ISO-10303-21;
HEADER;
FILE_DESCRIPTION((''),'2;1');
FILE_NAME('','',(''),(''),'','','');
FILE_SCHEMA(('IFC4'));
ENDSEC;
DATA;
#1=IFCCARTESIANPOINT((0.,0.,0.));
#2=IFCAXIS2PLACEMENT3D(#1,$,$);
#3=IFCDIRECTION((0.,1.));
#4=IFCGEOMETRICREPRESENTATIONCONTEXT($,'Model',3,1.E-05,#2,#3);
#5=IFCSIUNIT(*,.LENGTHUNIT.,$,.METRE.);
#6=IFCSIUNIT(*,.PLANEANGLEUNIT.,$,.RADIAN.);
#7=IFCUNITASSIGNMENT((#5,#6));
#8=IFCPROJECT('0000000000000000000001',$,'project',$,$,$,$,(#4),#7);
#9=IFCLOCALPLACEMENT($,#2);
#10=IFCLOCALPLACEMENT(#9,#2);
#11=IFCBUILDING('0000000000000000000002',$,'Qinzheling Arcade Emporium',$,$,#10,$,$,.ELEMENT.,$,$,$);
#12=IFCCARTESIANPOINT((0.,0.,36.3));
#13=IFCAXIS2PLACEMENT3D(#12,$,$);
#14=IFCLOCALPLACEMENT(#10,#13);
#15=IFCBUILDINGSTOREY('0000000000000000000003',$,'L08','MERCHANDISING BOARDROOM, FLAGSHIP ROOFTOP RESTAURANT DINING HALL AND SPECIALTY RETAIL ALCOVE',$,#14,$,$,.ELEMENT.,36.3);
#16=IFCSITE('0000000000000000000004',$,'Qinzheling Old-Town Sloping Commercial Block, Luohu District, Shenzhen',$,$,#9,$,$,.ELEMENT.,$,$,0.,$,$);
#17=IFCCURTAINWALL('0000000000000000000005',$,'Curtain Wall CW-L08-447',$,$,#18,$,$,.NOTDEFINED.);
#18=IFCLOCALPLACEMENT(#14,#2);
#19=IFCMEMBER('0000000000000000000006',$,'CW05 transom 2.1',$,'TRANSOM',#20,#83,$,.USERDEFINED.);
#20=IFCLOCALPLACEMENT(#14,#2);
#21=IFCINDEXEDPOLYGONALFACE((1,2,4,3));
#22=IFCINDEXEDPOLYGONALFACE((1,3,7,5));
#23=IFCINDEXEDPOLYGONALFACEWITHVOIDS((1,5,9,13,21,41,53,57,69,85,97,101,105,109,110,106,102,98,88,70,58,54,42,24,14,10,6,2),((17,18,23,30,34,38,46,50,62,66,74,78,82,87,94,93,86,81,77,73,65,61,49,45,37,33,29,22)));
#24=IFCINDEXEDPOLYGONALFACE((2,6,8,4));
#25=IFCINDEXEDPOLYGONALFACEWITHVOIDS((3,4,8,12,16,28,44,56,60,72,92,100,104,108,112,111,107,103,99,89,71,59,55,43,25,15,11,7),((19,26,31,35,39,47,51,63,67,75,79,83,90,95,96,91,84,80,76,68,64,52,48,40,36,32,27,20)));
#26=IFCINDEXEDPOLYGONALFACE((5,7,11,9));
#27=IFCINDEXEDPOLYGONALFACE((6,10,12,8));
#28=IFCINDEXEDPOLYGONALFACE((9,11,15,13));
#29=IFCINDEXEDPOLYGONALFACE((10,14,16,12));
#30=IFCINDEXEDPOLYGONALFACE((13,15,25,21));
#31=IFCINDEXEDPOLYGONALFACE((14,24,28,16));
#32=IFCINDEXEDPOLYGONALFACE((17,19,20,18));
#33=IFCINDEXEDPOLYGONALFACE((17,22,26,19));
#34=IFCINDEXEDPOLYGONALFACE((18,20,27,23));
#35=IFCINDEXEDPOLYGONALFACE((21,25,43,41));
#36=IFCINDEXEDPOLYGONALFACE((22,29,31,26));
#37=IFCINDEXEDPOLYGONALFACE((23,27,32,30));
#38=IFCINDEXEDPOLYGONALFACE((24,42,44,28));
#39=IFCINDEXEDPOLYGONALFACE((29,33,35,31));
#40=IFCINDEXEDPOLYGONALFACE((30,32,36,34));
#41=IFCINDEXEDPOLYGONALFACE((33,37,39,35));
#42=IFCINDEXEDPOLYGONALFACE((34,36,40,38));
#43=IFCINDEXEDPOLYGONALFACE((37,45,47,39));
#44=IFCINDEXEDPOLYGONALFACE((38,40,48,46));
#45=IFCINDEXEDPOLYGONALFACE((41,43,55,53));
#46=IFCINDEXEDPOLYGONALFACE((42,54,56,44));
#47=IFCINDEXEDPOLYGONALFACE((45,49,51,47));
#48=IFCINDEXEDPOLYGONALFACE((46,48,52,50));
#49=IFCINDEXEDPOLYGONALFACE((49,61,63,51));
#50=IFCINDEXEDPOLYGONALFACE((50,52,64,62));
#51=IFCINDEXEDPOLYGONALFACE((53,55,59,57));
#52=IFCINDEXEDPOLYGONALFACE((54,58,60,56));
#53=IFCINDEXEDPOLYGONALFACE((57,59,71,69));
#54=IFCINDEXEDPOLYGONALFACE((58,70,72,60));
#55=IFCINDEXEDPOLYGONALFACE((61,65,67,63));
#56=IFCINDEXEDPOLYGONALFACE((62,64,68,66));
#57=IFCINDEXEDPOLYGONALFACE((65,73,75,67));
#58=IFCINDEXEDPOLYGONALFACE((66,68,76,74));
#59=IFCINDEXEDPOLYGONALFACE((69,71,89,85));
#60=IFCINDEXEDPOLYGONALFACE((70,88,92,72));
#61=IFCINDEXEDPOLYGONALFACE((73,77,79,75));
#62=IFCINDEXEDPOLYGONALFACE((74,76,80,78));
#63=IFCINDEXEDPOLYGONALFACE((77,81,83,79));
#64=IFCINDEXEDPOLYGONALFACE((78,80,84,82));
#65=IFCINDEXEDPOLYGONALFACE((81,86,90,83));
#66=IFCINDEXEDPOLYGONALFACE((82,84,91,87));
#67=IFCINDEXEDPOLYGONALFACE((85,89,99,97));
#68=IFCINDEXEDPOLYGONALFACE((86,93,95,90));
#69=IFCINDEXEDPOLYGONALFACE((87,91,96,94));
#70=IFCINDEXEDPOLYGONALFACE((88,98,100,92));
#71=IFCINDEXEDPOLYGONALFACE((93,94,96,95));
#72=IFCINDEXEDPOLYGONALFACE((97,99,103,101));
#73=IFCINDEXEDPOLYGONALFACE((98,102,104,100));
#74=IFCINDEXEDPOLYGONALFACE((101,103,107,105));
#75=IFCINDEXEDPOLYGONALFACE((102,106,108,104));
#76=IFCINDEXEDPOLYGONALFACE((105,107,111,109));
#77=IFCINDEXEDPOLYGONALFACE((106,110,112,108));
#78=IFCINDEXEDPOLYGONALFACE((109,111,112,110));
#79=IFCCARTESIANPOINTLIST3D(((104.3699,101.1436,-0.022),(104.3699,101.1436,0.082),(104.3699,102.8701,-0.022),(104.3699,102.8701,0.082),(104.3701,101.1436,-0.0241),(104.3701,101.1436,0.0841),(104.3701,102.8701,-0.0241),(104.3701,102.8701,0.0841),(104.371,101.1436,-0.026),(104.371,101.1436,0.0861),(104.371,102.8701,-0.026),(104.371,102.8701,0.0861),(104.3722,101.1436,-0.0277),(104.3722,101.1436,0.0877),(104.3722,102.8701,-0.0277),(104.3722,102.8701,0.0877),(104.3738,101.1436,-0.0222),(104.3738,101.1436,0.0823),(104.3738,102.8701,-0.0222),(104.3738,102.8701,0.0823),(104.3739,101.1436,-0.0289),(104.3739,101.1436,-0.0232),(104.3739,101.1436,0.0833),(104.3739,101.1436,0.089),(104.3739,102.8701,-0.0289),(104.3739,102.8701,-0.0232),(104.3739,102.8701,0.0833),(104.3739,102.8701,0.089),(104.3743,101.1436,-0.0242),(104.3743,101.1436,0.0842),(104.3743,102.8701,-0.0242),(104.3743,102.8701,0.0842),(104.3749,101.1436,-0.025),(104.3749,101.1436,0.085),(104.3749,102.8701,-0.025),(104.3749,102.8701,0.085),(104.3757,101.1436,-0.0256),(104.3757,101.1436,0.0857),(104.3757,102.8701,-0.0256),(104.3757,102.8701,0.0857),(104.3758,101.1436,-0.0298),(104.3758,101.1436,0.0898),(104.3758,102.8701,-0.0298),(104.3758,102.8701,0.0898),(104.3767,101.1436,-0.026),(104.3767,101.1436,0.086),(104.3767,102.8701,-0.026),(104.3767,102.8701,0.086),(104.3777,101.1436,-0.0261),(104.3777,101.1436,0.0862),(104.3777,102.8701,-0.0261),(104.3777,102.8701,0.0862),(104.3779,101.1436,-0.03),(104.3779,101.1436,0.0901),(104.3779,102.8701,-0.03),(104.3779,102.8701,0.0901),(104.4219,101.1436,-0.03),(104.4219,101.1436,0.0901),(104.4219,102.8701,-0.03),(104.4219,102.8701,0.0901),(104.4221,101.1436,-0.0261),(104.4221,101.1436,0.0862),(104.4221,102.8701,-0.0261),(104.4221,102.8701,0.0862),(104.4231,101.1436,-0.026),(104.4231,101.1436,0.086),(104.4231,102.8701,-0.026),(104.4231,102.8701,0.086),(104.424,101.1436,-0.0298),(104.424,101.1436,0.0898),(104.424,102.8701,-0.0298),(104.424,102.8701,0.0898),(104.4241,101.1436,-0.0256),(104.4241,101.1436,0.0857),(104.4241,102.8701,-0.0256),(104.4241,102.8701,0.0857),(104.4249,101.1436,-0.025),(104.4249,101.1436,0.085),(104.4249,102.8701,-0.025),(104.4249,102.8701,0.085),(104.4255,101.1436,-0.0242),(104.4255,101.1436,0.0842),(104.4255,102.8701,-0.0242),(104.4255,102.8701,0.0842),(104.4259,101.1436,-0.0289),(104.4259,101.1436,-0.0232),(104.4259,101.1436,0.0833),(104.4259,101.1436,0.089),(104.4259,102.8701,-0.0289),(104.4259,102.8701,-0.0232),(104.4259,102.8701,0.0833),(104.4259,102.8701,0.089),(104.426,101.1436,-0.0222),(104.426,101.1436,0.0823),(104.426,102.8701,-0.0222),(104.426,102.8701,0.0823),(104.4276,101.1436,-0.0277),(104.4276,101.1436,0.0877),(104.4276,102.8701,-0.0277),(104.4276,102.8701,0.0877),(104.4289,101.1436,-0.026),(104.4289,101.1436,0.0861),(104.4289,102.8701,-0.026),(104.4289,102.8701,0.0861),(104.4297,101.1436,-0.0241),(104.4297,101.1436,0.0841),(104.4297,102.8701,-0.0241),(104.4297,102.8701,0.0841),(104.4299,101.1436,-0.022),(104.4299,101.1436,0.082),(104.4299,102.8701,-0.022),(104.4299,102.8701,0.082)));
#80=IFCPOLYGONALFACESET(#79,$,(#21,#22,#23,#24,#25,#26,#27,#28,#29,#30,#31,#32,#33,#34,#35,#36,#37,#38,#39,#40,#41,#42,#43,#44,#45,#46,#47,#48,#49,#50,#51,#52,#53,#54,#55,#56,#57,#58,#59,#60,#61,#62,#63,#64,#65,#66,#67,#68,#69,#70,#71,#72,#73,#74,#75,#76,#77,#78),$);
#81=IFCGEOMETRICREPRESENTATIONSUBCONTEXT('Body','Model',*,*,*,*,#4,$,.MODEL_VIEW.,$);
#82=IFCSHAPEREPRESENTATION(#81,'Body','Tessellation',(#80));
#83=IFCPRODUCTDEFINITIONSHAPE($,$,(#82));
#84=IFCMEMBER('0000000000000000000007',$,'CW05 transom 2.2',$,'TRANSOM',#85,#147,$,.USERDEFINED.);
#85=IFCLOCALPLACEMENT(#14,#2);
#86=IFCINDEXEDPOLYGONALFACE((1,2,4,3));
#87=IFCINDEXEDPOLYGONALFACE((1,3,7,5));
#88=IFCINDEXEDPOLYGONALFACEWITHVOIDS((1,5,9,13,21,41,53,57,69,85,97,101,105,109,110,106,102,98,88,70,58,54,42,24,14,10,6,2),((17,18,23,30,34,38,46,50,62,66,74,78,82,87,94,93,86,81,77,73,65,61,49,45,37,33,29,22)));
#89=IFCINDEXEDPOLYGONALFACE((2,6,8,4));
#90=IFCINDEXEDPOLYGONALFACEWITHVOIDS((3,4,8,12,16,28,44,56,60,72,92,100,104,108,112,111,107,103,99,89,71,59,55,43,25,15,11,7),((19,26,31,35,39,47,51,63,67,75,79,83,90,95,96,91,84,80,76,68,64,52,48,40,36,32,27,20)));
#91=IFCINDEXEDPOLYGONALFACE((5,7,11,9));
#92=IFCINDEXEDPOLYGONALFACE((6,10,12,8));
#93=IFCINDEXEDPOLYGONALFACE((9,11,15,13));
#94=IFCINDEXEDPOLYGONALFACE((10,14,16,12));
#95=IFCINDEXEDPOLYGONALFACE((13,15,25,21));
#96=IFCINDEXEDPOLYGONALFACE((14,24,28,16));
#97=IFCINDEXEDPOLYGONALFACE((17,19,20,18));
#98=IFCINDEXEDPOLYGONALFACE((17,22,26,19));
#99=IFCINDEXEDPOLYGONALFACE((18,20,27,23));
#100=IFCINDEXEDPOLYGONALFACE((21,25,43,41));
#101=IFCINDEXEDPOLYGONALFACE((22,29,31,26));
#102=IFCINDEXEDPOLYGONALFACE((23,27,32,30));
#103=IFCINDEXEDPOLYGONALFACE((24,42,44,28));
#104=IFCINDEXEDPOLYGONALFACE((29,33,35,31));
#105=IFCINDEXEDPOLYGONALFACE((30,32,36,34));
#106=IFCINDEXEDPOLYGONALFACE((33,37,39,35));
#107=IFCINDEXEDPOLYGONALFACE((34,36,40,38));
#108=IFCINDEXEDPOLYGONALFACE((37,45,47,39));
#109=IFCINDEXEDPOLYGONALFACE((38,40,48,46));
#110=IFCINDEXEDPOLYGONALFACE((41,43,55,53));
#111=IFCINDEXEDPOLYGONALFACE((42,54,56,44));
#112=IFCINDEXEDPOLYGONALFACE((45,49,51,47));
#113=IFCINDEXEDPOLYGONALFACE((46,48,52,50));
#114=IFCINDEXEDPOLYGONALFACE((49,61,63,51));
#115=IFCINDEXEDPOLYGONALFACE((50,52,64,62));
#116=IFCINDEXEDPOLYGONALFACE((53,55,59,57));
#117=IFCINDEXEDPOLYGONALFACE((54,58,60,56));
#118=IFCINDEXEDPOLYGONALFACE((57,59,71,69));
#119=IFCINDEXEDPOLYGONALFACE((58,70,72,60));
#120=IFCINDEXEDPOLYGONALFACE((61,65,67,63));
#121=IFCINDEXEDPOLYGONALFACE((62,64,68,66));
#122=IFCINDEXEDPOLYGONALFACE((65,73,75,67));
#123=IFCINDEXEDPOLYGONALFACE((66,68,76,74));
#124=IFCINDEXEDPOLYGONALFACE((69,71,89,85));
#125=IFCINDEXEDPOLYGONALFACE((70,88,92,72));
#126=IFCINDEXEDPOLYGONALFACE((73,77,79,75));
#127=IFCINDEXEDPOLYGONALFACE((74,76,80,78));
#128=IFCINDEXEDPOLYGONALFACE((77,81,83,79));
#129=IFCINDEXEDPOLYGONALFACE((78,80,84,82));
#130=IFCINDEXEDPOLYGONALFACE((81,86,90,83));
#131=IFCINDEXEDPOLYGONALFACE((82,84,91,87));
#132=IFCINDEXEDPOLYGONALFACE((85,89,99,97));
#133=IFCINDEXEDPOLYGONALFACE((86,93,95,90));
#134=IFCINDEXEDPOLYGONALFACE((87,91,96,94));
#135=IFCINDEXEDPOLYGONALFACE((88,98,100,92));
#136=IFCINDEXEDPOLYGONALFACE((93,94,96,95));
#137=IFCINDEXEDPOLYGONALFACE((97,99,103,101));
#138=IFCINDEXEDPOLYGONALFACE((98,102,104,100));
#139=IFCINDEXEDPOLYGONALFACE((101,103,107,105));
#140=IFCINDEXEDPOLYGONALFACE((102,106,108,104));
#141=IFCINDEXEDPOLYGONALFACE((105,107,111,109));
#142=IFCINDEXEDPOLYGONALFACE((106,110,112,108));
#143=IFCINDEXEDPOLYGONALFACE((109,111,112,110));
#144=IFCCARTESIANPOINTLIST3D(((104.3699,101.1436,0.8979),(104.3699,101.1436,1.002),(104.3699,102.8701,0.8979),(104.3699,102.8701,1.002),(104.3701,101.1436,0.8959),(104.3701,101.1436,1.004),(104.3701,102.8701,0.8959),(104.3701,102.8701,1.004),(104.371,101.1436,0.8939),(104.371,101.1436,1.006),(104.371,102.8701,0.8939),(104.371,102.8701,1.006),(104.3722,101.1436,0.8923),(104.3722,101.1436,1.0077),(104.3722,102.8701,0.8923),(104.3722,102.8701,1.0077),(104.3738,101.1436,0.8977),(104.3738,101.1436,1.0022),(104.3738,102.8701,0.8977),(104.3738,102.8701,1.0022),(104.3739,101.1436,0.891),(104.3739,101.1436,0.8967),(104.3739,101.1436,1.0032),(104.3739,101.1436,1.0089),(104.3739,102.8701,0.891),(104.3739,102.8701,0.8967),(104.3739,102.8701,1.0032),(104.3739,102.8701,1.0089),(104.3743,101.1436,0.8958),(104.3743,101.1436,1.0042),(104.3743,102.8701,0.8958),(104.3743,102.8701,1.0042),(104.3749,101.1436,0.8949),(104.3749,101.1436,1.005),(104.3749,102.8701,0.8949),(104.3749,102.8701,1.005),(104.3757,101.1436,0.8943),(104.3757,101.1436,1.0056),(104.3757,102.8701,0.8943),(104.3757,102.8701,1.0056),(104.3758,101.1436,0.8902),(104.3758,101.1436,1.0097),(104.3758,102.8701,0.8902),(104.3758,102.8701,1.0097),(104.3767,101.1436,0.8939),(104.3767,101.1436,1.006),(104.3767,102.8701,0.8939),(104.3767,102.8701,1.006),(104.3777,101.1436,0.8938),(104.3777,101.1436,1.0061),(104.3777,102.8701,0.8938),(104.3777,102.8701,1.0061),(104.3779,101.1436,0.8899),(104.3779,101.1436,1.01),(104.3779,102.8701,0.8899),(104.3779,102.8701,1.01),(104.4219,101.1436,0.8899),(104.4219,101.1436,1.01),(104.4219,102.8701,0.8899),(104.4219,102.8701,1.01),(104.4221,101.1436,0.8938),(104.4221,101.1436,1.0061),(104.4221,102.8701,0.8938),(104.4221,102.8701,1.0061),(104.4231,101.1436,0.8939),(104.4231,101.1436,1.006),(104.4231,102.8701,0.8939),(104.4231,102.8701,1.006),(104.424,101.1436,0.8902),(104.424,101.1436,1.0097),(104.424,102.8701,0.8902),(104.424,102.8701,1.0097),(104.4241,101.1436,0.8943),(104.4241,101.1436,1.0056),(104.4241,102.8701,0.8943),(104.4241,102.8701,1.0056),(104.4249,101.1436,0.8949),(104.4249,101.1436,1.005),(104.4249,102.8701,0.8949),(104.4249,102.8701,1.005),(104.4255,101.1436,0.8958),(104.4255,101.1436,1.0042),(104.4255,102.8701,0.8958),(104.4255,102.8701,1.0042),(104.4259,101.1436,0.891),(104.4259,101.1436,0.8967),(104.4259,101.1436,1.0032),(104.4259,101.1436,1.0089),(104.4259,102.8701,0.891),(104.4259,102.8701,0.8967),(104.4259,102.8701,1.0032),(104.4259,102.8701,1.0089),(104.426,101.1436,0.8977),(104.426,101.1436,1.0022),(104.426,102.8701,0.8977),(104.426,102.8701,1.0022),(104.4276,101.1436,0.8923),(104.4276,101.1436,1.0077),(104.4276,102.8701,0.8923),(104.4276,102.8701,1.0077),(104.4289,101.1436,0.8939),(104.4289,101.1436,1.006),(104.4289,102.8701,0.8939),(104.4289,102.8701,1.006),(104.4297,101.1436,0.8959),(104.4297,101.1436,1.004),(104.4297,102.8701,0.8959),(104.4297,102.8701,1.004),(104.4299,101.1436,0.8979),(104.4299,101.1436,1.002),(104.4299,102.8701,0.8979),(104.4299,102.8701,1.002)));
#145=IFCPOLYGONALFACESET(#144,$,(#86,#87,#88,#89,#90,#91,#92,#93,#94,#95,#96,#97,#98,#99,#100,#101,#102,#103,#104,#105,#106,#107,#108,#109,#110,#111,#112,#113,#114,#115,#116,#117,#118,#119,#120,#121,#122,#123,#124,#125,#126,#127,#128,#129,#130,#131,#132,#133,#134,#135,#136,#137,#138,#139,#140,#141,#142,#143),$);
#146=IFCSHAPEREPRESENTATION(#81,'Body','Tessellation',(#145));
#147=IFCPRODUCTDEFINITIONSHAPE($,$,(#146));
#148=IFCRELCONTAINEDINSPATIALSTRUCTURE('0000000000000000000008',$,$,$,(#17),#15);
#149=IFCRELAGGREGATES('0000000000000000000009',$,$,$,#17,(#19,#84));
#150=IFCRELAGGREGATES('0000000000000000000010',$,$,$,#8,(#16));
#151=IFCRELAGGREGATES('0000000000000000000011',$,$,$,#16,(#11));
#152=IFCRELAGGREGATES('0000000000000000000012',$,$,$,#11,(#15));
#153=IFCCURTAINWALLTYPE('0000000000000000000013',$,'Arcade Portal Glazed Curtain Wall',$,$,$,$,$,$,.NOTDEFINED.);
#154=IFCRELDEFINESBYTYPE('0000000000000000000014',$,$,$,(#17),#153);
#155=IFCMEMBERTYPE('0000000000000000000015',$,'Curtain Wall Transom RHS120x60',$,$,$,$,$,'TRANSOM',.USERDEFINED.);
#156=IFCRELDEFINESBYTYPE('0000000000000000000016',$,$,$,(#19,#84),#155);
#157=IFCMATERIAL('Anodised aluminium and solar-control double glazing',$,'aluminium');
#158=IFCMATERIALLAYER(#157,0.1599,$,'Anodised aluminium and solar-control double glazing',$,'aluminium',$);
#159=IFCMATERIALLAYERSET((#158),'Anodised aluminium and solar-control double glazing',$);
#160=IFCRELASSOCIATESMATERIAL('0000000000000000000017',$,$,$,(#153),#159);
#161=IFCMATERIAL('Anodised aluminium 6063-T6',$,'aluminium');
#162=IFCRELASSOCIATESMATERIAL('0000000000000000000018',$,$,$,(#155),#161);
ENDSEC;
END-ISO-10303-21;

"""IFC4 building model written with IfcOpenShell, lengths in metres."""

from ifc_helpers import new_model, si_unit, direction, frame, origin, origin_2d, place, context, subcontext, project, spatial, hollow_rectangle, extrude, material, layer, layer_set, material_profile, profile_set, type_object, element, aggregate, save


model = new_model("IFC4")

# Units and contexts
model_context = context("Model", 3, precision=1e-05, world=origin(), true_north=direction((0.0, 1.0)))
body_context = subcontext(model_context, "Body", "Model", "MODEL_VIEW")
ifc_project = project(units=[si_unit("LENGTHUNIT", "METRE"), si_unit("PLANEANGLEUNIT", "RADIAN")], contexts=[model_context])

# Site, building, storey
site_placement = place(None, origin())
site = spatial("IfcSite", under=ifc_project, at=site_placement, Name="Qinzheling Old-Town Sloping Commercial Block, Luohu District, Shenzhen", CompositionType="ELEMENT", RefElevation=0.0)
building_placement = place(site_placement, origin())
building = spatial("IfcBuilding", under=site, at=building_placement, Name="Qinzheling Arcade Emporium", CompositionType="ELEMENT")
storey_placement = place(building_placement, frame((0.0, 0.0, 36.3)))
storey = spatial("IfcBuildingStorey", under=building, at=storey_placement, Name="L08", Description="MERCHANDISING BOARDROOM, FLAGSHIP ROOFTOP RESTAURANT DINING HALL AND SPECIALTY RETAIL ALCOVE", CompositionType="ELEMENT", Elevation=36.3)

# Curtain wall, members
ifc_material_1 = material(Name="Anodised aluminium and solar-control double glazing", Category="aluminium")
ifc_layer_1 = layer(ifc_material_1, 0.1599, Name="Anodised aluminium and solar-control double glazing", Category="aluminium")
ifc_layer_set_1 = layer_set([ifc_layer_1], Name="Anodised aluminium and solar-control double glazing")
curtain_wall_type = type_object("IfcCurtainWallType", Name="Arcade Portal Glazed Curtain Wall", PredefinedType="NOTDEFINED", material=ifc_layer_set_1)
curtain_wall_placement = place(storey_placement, origin())
curtain_wall = element("IfcCurtainWall", 1, at=curtain_wall_placement, inside=storey, type_object=curtain_wall_type, Name="Curtain Wall CW-L08-447", PredefinedType="NOTDEFINED")
ifc_material_2 = material(Name="Anodised aluminium 6063-T6", Category="aluminium")
ifc_material_profile_1 = material_profile(ifc_material_2, hollow_rectangle(XDim=0.0601, YDim=0.1201, WallThickness=0.0039, InnerFilletRadius=0.0039, OuterFilletRadius=0.0081, at=origin_2d()), Name="RHS 120x60x4", Category="aluminium")
ifc_profile_set_1 = profile_set([ifc_material_profile_1], Name="Anodised aluminium 6063-T6")
member_type_1 = type_object("IfcMemberType", Name="Curtain Wall Transom RHS120x60", ElementType="TRANSOM", PredefinedType="USERDEFINED", material=ifc_profile_set_1)
member_1_placement = place(storey_placement, frame((104.3999, 101.1436, 0.03), z_axis=(0.0, 1.0, 0.0), x_axis=(-1.0, 0.0, 0.0)))
member_1 = element("IfcMember", 2, at=member_1_placement, type_object=member_type_1, Name="CW05 transom 2.1", ObjectType="TRANSOM", PredefinedType="USERDEFINED", context=body_context, shape_type="SweptSolid", body=[
    extrude(hollow_rectangle(XDim=0.0601, YDim=0.1201, WallThickness=0.0039, InnerFilletRadius=0.0039, OuterFilletRadius=0.0081, at=origin_2d()), origin(), (0.0, 0.0, 1.0), 1.7266),
])
member_2_placement = place(storey_placement, frame((104.3999, 101.1436, 0.95), z_axis=(0.0, 1.0, 0.0), x_axis=(-1.0, 0.0, 0.0)))
member_2 = element("IfcMember", 3, at=member_2_placement, type_object=member_type_1, Name="CW05 transom 2.2", ObjectType="TRANSOM", PredefinedType="USERDEFINED", context=body_context, shape_type="SweptSolid", body=[
    extrude(hollow_rectangle(XDim=0.0601, YDim=0.1201, WallThickness=0.0039, InnerFilletRadius=0.0039, OuterFilletRadius=0.0081, at=origin_2d()), origin(), (0.0, 0.0, 1.0), 1.7266),
])

aggregate(curtain_wall, [member_1, member_2])

save(model, "model.ifc")
